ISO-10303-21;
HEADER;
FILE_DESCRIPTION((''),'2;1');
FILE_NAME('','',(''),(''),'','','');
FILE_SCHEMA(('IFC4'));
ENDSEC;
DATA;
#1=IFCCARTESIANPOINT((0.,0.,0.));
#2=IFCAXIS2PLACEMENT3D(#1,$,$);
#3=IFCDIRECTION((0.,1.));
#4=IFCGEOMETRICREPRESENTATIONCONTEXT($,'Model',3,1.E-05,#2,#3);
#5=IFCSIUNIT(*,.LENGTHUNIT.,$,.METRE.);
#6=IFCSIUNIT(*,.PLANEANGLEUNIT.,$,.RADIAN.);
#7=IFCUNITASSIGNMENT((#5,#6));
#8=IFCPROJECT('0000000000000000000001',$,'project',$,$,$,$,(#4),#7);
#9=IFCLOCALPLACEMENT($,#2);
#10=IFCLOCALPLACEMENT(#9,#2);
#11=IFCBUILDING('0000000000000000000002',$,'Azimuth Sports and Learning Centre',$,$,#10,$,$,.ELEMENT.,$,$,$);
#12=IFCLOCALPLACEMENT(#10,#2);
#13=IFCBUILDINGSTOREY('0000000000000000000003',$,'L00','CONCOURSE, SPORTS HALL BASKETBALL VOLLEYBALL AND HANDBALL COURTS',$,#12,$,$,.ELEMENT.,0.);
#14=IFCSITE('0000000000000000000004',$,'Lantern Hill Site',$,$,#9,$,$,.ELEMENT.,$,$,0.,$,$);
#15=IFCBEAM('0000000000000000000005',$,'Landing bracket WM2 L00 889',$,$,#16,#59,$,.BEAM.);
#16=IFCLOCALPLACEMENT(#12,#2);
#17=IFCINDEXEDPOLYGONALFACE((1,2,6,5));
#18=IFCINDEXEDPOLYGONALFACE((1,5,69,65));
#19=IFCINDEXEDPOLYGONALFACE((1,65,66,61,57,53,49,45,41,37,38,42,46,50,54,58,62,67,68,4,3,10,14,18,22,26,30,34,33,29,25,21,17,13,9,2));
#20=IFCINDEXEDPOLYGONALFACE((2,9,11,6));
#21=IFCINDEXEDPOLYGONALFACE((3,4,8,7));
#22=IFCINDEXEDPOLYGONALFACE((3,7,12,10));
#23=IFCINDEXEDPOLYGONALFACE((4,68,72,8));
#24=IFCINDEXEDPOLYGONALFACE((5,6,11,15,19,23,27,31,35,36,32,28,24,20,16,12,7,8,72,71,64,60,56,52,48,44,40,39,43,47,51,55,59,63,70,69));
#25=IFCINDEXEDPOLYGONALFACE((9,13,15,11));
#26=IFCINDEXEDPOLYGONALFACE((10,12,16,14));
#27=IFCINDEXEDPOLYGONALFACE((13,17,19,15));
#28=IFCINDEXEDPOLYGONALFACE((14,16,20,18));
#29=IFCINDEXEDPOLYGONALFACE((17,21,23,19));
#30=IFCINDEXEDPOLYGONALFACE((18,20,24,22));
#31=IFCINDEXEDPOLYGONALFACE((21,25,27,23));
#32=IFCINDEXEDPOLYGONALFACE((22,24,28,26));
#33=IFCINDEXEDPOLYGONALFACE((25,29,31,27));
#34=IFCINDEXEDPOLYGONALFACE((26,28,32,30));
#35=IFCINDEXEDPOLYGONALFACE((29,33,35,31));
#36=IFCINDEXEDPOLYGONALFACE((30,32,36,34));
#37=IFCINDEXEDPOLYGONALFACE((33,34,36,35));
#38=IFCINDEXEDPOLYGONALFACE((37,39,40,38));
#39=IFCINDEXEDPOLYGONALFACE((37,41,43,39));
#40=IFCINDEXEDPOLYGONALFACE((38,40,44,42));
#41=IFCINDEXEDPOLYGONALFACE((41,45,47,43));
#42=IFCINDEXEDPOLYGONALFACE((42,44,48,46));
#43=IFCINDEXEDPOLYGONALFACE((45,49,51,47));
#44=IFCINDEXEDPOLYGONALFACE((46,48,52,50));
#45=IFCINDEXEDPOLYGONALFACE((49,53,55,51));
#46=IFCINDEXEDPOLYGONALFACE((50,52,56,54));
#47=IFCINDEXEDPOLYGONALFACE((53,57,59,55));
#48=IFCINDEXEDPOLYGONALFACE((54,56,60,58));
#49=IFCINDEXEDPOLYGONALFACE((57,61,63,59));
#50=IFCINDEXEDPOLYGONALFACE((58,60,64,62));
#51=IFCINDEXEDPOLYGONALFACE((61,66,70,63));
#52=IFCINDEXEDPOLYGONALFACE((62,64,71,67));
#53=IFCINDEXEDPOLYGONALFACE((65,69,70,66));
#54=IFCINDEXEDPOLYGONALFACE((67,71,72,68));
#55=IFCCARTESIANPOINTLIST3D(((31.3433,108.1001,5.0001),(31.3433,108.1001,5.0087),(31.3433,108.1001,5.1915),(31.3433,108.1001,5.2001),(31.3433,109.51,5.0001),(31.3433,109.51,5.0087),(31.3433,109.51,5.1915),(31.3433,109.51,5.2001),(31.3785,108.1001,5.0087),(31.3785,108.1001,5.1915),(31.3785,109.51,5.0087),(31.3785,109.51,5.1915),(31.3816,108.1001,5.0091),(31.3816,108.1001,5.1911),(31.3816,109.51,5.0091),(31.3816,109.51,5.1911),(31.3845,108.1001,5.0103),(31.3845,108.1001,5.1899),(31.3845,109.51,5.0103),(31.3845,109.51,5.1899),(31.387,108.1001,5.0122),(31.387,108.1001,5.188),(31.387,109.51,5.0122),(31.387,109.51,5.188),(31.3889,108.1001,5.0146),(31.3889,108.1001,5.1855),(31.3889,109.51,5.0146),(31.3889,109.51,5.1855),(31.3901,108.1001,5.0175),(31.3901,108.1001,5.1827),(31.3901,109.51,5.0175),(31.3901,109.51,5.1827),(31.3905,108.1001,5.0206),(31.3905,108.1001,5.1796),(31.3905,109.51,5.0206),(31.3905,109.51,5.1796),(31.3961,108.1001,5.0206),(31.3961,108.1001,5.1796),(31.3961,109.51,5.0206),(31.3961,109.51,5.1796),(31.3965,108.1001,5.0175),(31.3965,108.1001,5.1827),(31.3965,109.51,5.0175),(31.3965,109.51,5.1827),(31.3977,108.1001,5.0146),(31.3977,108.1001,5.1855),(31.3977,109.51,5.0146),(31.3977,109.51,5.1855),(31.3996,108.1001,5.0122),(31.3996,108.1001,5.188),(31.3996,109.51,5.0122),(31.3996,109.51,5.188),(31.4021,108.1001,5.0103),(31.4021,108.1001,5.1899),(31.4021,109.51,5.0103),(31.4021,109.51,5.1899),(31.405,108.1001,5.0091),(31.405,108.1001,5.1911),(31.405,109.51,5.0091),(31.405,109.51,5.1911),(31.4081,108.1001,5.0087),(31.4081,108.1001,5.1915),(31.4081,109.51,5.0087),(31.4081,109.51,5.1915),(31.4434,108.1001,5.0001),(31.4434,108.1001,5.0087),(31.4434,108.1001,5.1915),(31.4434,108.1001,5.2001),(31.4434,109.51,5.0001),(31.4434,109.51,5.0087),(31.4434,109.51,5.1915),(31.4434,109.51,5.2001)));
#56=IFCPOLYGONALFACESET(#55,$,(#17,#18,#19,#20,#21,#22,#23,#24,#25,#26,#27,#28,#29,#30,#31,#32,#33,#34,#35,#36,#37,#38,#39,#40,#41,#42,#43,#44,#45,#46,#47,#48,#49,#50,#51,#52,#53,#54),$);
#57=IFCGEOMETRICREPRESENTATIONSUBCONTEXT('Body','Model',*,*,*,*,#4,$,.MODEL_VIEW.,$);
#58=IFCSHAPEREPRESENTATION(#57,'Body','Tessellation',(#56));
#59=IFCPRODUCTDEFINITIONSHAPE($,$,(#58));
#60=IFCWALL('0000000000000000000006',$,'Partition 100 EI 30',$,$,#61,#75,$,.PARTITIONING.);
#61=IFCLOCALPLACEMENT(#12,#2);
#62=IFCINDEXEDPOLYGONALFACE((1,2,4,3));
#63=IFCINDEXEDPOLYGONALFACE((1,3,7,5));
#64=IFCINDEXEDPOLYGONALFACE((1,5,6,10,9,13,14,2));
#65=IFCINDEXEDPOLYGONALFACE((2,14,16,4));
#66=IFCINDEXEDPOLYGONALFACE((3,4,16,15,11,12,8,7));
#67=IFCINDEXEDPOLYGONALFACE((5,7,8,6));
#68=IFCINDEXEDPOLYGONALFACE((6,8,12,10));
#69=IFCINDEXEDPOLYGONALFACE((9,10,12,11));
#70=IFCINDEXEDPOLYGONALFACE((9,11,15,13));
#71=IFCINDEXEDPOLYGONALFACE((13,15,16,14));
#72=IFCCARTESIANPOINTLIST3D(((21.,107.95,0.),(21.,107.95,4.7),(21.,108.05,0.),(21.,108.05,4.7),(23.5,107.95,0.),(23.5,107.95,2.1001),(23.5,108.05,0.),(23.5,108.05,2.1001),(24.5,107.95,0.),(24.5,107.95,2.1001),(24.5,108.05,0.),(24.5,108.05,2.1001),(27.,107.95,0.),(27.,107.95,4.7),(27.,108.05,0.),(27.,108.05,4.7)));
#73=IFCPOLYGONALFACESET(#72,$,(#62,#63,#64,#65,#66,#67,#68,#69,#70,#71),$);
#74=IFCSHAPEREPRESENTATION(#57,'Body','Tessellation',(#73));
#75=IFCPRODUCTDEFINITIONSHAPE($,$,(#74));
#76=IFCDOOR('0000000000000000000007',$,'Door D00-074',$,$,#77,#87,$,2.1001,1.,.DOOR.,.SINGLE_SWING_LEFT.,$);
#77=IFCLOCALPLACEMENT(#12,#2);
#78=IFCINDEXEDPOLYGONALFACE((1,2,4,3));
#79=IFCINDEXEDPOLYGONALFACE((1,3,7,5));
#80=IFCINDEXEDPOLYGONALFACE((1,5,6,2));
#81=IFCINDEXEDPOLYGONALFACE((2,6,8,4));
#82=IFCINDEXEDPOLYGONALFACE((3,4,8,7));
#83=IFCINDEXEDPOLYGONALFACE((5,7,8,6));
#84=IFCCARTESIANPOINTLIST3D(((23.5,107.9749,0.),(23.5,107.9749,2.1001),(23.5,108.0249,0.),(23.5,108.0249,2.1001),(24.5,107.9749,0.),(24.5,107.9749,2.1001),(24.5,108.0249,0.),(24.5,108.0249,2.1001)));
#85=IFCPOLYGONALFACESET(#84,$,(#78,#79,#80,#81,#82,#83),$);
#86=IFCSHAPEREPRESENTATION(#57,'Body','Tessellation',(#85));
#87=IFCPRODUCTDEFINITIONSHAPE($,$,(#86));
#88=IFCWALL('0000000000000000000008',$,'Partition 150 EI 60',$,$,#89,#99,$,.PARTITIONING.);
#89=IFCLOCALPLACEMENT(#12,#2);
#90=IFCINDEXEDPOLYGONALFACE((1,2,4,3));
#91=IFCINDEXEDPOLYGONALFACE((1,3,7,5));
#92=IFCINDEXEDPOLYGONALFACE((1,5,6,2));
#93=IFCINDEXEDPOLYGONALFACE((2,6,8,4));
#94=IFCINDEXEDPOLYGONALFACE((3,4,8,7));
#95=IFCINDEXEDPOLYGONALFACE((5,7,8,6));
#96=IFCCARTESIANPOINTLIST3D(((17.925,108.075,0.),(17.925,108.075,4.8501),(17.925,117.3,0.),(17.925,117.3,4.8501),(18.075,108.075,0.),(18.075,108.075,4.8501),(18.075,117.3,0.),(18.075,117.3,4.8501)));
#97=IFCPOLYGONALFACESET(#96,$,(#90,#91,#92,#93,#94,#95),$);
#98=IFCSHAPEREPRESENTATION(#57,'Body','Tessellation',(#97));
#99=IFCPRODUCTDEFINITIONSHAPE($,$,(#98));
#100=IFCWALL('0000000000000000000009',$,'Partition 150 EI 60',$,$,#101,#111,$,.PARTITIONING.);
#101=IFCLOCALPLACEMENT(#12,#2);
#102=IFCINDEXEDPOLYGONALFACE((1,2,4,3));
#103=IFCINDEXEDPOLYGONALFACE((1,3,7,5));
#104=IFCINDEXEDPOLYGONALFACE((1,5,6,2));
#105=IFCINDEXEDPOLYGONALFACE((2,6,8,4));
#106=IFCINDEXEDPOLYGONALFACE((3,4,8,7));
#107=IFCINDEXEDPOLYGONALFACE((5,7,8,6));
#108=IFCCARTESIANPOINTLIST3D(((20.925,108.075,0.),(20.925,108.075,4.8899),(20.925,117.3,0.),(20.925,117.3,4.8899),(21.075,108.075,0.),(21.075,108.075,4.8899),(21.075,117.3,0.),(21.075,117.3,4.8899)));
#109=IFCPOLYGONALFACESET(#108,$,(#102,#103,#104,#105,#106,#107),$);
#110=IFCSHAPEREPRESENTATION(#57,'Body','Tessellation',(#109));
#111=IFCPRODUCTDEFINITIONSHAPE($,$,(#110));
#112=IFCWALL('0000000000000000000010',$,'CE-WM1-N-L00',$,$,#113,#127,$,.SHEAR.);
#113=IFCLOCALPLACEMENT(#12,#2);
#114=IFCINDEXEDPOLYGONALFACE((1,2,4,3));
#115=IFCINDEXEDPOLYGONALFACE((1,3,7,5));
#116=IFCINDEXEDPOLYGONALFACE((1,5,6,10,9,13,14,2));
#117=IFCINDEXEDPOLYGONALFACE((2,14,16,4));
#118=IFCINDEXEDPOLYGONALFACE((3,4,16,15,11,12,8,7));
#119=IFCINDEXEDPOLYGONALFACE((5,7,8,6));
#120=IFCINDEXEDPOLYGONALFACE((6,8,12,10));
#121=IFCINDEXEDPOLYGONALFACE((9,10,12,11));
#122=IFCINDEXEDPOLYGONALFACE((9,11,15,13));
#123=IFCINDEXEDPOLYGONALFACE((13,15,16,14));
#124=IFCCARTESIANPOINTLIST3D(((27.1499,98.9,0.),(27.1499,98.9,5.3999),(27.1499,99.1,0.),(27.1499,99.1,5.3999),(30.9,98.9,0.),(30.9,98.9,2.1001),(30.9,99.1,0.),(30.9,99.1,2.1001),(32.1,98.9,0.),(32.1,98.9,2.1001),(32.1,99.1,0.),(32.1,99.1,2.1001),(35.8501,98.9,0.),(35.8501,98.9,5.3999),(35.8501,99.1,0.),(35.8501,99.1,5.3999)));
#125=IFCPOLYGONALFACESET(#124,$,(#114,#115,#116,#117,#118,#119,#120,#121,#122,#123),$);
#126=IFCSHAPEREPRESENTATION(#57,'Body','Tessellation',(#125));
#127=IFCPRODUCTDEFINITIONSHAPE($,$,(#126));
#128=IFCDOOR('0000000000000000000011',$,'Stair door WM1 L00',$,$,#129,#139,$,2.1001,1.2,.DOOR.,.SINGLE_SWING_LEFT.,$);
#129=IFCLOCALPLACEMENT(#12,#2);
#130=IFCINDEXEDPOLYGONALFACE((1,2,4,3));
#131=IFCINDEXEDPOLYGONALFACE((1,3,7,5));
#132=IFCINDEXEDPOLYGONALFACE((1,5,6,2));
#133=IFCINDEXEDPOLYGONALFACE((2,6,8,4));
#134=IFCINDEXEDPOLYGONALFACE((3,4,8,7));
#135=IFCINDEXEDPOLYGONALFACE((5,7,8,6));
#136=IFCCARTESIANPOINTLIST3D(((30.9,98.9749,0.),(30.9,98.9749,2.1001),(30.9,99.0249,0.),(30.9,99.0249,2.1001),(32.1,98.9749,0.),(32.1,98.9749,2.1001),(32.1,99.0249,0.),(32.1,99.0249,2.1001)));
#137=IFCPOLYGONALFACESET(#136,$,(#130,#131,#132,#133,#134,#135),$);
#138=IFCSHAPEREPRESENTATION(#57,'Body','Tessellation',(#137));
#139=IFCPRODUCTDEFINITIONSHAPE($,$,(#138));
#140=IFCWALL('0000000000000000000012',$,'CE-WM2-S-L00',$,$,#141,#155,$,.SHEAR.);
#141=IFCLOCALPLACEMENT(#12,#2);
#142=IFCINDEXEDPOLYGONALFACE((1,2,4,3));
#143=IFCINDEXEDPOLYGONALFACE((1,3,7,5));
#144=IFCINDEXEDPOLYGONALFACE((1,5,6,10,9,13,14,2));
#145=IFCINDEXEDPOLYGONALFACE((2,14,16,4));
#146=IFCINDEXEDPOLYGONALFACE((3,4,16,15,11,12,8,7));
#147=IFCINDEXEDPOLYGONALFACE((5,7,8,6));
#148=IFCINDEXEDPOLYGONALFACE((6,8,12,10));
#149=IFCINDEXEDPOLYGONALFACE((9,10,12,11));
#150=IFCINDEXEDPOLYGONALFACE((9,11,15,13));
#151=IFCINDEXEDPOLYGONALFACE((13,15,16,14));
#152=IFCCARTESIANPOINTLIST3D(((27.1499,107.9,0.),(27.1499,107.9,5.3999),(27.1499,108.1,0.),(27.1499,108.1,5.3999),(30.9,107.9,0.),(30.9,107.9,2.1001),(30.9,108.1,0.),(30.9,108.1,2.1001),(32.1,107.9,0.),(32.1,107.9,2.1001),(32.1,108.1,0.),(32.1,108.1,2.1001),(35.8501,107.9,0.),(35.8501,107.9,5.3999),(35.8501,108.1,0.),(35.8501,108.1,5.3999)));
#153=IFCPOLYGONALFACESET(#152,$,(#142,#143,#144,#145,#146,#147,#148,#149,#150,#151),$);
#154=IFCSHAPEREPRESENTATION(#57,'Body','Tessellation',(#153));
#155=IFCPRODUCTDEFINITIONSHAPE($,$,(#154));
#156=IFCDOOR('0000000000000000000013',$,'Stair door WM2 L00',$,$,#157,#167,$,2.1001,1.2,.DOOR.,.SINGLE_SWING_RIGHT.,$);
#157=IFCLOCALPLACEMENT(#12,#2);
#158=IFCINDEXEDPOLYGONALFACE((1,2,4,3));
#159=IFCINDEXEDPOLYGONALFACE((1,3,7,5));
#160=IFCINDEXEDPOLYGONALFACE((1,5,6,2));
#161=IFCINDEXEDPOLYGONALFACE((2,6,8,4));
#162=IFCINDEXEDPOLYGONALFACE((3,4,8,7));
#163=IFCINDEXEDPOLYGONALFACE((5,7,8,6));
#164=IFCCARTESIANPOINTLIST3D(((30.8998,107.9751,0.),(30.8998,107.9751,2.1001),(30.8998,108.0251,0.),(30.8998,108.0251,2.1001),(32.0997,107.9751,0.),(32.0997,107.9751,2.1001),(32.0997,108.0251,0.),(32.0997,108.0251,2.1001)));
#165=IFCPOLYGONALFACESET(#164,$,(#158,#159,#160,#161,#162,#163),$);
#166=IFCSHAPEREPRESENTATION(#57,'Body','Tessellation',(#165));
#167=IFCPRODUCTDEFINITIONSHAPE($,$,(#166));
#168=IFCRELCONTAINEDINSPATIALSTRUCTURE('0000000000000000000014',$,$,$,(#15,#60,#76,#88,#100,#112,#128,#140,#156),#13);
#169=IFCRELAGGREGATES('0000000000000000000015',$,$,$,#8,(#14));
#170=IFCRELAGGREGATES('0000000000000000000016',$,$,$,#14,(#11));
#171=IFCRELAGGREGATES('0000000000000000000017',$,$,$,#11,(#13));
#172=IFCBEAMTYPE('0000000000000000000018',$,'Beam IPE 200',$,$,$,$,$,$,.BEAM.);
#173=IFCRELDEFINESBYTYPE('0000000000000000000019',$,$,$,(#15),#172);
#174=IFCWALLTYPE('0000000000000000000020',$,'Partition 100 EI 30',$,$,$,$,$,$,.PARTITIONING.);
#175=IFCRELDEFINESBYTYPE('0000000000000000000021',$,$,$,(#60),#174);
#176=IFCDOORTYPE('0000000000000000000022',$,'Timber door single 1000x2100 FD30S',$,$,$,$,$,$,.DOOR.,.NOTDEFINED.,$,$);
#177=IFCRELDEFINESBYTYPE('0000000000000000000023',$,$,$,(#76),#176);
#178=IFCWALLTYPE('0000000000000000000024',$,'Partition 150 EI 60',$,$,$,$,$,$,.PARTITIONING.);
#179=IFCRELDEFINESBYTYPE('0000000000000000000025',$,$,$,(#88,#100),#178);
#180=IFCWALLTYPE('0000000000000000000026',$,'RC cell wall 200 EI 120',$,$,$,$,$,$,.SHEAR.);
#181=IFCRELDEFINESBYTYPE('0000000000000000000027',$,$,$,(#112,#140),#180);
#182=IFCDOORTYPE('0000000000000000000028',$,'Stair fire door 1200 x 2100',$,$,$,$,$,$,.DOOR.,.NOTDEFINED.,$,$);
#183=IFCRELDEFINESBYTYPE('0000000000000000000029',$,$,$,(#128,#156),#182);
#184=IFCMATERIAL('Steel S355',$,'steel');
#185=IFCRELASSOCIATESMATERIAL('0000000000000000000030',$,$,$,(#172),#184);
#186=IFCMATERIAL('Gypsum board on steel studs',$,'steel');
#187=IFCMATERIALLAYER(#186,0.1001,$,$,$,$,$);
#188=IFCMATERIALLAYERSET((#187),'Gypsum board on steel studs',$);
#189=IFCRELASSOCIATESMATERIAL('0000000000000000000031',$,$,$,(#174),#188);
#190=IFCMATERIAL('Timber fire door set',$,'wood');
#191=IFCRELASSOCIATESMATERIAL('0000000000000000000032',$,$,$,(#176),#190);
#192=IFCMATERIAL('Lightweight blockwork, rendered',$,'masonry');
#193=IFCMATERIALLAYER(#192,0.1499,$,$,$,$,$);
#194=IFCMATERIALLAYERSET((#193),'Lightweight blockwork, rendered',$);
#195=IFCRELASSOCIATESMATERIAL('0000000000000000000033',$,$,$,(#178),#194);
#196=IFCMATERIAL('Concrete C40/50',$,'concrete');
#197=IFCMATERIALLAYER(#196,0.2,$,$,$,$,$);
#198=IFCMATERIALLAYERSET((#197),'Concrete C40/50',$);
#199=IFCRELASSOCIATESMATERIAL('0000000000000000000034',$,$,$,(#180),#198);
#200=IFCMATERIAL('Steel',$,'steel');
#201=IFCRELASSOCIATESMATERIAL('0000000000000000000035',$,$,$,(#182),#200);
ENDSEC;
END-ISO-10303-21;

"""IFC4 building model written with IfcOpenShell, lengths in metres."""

from ifc_helpers import new_model, si_unit, direction, frame, frame_2d, origin, origin_2d, place, context, subcontext, project, spatial, rectangle, i_section, extrude, material, layer, layer_set, material_profile, profile_set, type_object, element, fill, save


model = new_model("IFC4")

# Units and contexts
model_context = context("Model", 3, precision=1e-05, world=origin(), true_north=direction((0.0, 1.0)))
body_context = subcontext(model_context, "Body", "Model", "MODEL_VIEW")
ifc_project = project(units=[si_unit("LENGTHUNIT", "METRE"), si_unit("PLANEANGLEUNIT", "RADIAN")], contexts=[model_context])

# Site, building, storey
site_placement = place(None, origin())
site = spatial("IfcSite", under=ifc_project, at=site_placement, Name="Lantern Hill Site", CompositionType="ELEMENT", RefElevation=0.0)
building_placement = place(site_placement, origin())
building = spatial("IfcBuilding", under=site, at=building_placement, Name="Azimuth Sports and Learning Centre", CompositionType="ELEMENT")
storey_placement = place(building_placement, origin())
storey = spatial("IfcBuildingStorey", under=building, at=storey_placement, Name="L00", Description="CONCOURSE, SPORTS HALL BASKETBALL VOLLEYBALL AND HANDBALL COURTS", CompositionType="ELEMENT", Elevation=0.0)

# Beam
ifc_material_1 = material(Name="Steel S355", Category="steel")
ifc_material_profile_1 = material_profile(ifc_material_1, i_section(OverallWidth=0.1001, OverallDepth=0.2, WebThickness=0.0056, FlangeThickness=0.0085, FilletRadius=0.012, at=origin_2d()), Name="IPE 200")
ifc_profile_set_1 = profile_set([ifc_material_profile_1], Name="Steel S355")
beam_type = type_object("IfcBeamType", Name="Beam IPE 200", PredefinedType="BEAM", material=ifc_profile_set_1)
for number, where, z_axis, x_axis, name in (
    (1, (31.3933, 108.1001, 5.1001), (0.0, 1.0, 0.0), (-1.0, 0.0, 0.0), "Landing bracket WM2 L00 889"),
):
    element("IfcBeam", number, at=place(storey_placement, frame(where, z_axis=z_axis, x_axis=x_axis)), inside=storey, type_object=beam_type, Name=name, PredefinedType="BEAM", context=body_context, shape_type="SweptSolid", body=[
        extrude(i_section(OverallWidth=0.1001, OverallDepth=0.2, WebThickness=0.0056, FlangeThickness=0.0085, FilletRadius=0.012, at=origin_2d()), origin(), (0.0, 0.0, 1.0), 1.4099),
    ])

# Wall, opening, door
ifc_material_2 = material(Name="Gypsum board on steel studs", Category="steel")
ifc_layer_1 = layer(ifc_material_2, 0.1001)
ifc_layer_set_1 = layer_set([ifc_layer_1], Name="Gypsum board on steel studs")
wall_type_1 = type_object("IfcWallType", Name="Partition 100 EI 30", PredefinedType="PARTITIONING", material=ifc_layer_set_1)
wall_1_placement = place(storey_placement, frame((21.0, 108.0, 0.0), z_axis=(0.0, 0.0, 1.0), x_axis=(1.0, 0.0, 0.0)))
wall_1 = element("IfcWall", 2, at=wall_1_placement, inside=storey, type_object=wall_type_1, Name="Partition 100 EI 30", PredefinedType="PARTITIONING", context=body_context, shape_type="SweptSolid", body=[
    extrude(rectangle(XDim=6.0, YDim=0.1001, at=frame_2d((3.0, 0.0))), origin(), (0.0, 0.0, 1.0), 4.7),
])
opening_1_placement = place(wall_1_placement, frame((2.5, 0.0, 0.0)))
opening_1 = element("IfcOpeningElement", 3, at=opening_1_placement, cuts=wall_1, PredefinedType="OPENING", context=body_context, shape_type="SweptSolid", body=[
    extrude(rectangle(XDim=1.0, YDim=2.1001, at=frame_2d((0.5, 1.05))), frame((0.0, 0.061, 0.0), z_axis=(0.0, -1.0, 0.0), x_axis=(1.0, 0.0, 0.0)), (0.0, 0.0, 1.0), 0.1221),
])
ifc_material_3 = material(Name="Timber fire door set", Category="wood")
door_type_1 = type_object("IfcDoorType", Name="Timber door single 1000x2100 FD30S", OperationType="NOTDEFINED", PredefinedType="DOOR", material=ifc_material_3)
door_1_placement = place(opening_1_placement, origin())
door_1 = element("IfcDoor", 4, at=door_1_placement, inside=storey, type_object=door_type_1, Name="Door D00-074", OperationType="SINGLE_SWING_LEFT", OverallHeight=2.1001, OverallWidth=1.0, PredefinedType="DOOR", context=body_context, shape_type="SweptSolid", body=[
    extrude(rectangle(XDim=1.0, YDim=2.1001, at=frame_2d((0.5, 1.05))), frame((0.0, 0.0249, 0.0), z_axis=(0.0, -1.0, 0.0), x_axis=(1.0, 0.0, 0.0)), (0.0, 0.0, 1.0), 0.05),
])
fill(opening_1, door_1)

# Walls
ifc_material_4 = material(Name="Lightweight blockwork, rendered", Category="masonry")
ifc_layer_2 = layer(ifc_material_4, 0.1499)
ifc_layer_set_2 = layer_set([ifc_layer_2], Name="Lightweight blockwork, rendered")
wall_type_2 = type_object("IfcWallType", Name="Partition 150 EI 60", PredefinedType="PARTITIONING", material=ifc_layer_set_2)
wall_2_placement = place(storey_placement, frame((18.0, 108.075, 0.0), z_axis=(0.0, 0.0, 1.0), x_axis=(0.0, 1.0, 0.0)))
element("IfcWall", 5, at=wall_2_placement, inside=storey, type_object=wall_type_2, Name="Partition 150 EI 60", PredefinedType="PARTITIONING", context=body_context, shape_type="SweptSolid", body=[
    extrude(rectangle(XDim=9.2251, YDim=0.1499, at=frame_2d((4.6125, 0.0))), origin(), (0.0, 0.0, 1.0), 4.8501),
])
wall_3_placement = place(storey_placement, frame((21.0, 108.075, 0.0), z_axis=(0.0, 0.0, 1.0), x_axis=(0.0, 1.0, 0.0)))
element("IfcWall", 6, at=wall_3_placement, inside=storey, type_object=wall_type_2, Name="Partition 150 EI 60", PredefinedType="PARTITIONING", context=body_context, shape_type="SweptSolid", body=[
    extrude(rectangle(XDim=9.2251, YDim=0.1499, at=frame_2d((4.6125, 0.0))), origin(), (0.0, 0.0, 1.0), 4.8899),
])

# Walls, openings, doors
ifc_material_5 = material(Name="Concrete C40/50", Category="concrete")
ifc_layer_3 = layer(ifc_material_5, 0.2)
ifc_layer_set_3 = layer_set([ifc_layer_3], Name="Concrete C40/50")
wall_type_3 = type_object("IfcWallType", Name="RC cell wall 200 EI 120", PredefinedType="SHEAR", material=ifc_layer_set_3)
wall_4_placement = place(storey_placement, frame((27.1499, 99.0, 0.0), z_axis=(0.0, 0.0, 1.0), x_axis=(1.0, 0.0, 0.0)))
wall_4 = element("IfcWall", 7, at=wall_4_placement, inside=storey, type_object=wall_type_3, Name="CE-WM1-N-L00", PredefinedType="SHEAR", context=body_context, shape_type="SweptSolid", body=[
    extrude(rectangle(XDim=8.7002, YDim=0.2, at=frame_2d((4.3501, 0.0))), origin(), (0.0, 0.0, 1.0), 5.3999),
])
opening_2_placement = place(wall_4_placement, frame((3.75, 0.0, 0.0)))
opening_2 = element("IfcOpeningElement", 8, at=opening_2_placement, cuts=wall_4, PredefinedType="OPENING", context=body_context, shape_type="SweptSolid", body=[
    extrude(rectangle(XDim=1.2, YDim=2.1001, at=frame_2d((0.6001, 1.05))), frame((0.0, 0.1108, 0.0), z_axis=(0.0, -1.0, 0.0), x_axis=(1.0, 0.0, 0.0)), (0.0, 0.0, 1.0), 0.2219),
])
ifc_material_6 = material(Name="Steel", Category="steel")
door_type_2 = type_object("IfcDoorType", Name="Stair fire door 1200 x 2100", OperationType="NOTDEFINED", PredefinedType="DOOR", material=ifc_material_6)
door_2_placement = place(opening_2_placement, origin())
door_2 = element("IfcDoor", 9, at=door_2_placement, inside=storey, type_object=door_type_2, Name="Stair door WM1 L00", OperationType="SINGLE_SWING_LEFT", OverallHeight=2.1001, OverallWidth=1.2, PredefinedType="DOOR", context=body_context, shape_type="SweptSolid", body=[
    extrude(rectangle(XDim=1.2, YDim=2.1001, at=frame_2d((0.6001, 1.05))), frame((0.0, 0.0249, 0.0), z_axis=(0.0, -1.0, 0.0), x_axis=(1.0, 0.0, 0.0)), (0.0, 0.0, 1.0), 0.05),
])
fill(opening_2, door_2)
wall_5_placement = place(storey_placement, frame((27.1499, 108.0, 0.0), z_axis=(0.0, 0.0, 1.0), x_axis=(1.0, 0.0, 0.0)))
wall_5 = element("IfcWall", 10, at=wall_5_placement, inside=storey, type_object=wall_type_3, Name="CE-WM2-S-L00", PredefinedType="SHEAR", context=body_context, shape_type="SweptSolid", body=[
    extrude(rectangle(XDim=8.7002, YDim=0.2, at=frame_2d((4.3501, 0.0))), origin(), (0.0, 0.0, 1.0), 5.3999),
])
opening_3_placement = place(wall_5_placement, frame((3.75, 0.0, 0.0)))
opening_3 = element("IfcOpeningElement", 11, at=opening_3_placement, cuts=wall_5, PredefinedType="OPENING", context=body_context, shape_type="SweptSolid", body=[
    extrude(rectangle(XDim=1.2, YDim=2.1001, at=frame_2d((0.6001, 1.05))), frame((0.0, 0.1108, 0.0), z_axis=(0.0, -1.0, 0.0), x_axis=(1.0, 0.0, 0.0)), (0.0, 0.0, 1.0), 0.2219),
])
door_3_placement = place(opening_3_placement, frame((1.2, 0.0, 0.0), z_axis=(0.0, 0.0, 1.0), x_axis=(-1.0, 0.0, 0.0)))
door_3 = element("IfcDoor", 12, at=door_3_placement, inside=storey, type_object=door_type_2, Name="Stair door WM2 L00", OperationType="SINGLE_SWING_RIGHT", OverallHeight=2.1001, OverallWidth=1.2, PredefinedType="DOOR", context=body_context, shape_type="SweptSolid", body=[
    extrude(rectangle(XDim=1.2, YDim=2.1001, at=frame_2d((0.6001, 1.05))), frame((0.0, 0.0249, 0.0), z_axis=(0.0, -1.0, 0.0), x_axis=(1.0, 0.0, 0.0)), (0.0, 0.0, 1.0), 0.05),
])
fill(opening_3, door_3)

save(model, "model.ifc")
